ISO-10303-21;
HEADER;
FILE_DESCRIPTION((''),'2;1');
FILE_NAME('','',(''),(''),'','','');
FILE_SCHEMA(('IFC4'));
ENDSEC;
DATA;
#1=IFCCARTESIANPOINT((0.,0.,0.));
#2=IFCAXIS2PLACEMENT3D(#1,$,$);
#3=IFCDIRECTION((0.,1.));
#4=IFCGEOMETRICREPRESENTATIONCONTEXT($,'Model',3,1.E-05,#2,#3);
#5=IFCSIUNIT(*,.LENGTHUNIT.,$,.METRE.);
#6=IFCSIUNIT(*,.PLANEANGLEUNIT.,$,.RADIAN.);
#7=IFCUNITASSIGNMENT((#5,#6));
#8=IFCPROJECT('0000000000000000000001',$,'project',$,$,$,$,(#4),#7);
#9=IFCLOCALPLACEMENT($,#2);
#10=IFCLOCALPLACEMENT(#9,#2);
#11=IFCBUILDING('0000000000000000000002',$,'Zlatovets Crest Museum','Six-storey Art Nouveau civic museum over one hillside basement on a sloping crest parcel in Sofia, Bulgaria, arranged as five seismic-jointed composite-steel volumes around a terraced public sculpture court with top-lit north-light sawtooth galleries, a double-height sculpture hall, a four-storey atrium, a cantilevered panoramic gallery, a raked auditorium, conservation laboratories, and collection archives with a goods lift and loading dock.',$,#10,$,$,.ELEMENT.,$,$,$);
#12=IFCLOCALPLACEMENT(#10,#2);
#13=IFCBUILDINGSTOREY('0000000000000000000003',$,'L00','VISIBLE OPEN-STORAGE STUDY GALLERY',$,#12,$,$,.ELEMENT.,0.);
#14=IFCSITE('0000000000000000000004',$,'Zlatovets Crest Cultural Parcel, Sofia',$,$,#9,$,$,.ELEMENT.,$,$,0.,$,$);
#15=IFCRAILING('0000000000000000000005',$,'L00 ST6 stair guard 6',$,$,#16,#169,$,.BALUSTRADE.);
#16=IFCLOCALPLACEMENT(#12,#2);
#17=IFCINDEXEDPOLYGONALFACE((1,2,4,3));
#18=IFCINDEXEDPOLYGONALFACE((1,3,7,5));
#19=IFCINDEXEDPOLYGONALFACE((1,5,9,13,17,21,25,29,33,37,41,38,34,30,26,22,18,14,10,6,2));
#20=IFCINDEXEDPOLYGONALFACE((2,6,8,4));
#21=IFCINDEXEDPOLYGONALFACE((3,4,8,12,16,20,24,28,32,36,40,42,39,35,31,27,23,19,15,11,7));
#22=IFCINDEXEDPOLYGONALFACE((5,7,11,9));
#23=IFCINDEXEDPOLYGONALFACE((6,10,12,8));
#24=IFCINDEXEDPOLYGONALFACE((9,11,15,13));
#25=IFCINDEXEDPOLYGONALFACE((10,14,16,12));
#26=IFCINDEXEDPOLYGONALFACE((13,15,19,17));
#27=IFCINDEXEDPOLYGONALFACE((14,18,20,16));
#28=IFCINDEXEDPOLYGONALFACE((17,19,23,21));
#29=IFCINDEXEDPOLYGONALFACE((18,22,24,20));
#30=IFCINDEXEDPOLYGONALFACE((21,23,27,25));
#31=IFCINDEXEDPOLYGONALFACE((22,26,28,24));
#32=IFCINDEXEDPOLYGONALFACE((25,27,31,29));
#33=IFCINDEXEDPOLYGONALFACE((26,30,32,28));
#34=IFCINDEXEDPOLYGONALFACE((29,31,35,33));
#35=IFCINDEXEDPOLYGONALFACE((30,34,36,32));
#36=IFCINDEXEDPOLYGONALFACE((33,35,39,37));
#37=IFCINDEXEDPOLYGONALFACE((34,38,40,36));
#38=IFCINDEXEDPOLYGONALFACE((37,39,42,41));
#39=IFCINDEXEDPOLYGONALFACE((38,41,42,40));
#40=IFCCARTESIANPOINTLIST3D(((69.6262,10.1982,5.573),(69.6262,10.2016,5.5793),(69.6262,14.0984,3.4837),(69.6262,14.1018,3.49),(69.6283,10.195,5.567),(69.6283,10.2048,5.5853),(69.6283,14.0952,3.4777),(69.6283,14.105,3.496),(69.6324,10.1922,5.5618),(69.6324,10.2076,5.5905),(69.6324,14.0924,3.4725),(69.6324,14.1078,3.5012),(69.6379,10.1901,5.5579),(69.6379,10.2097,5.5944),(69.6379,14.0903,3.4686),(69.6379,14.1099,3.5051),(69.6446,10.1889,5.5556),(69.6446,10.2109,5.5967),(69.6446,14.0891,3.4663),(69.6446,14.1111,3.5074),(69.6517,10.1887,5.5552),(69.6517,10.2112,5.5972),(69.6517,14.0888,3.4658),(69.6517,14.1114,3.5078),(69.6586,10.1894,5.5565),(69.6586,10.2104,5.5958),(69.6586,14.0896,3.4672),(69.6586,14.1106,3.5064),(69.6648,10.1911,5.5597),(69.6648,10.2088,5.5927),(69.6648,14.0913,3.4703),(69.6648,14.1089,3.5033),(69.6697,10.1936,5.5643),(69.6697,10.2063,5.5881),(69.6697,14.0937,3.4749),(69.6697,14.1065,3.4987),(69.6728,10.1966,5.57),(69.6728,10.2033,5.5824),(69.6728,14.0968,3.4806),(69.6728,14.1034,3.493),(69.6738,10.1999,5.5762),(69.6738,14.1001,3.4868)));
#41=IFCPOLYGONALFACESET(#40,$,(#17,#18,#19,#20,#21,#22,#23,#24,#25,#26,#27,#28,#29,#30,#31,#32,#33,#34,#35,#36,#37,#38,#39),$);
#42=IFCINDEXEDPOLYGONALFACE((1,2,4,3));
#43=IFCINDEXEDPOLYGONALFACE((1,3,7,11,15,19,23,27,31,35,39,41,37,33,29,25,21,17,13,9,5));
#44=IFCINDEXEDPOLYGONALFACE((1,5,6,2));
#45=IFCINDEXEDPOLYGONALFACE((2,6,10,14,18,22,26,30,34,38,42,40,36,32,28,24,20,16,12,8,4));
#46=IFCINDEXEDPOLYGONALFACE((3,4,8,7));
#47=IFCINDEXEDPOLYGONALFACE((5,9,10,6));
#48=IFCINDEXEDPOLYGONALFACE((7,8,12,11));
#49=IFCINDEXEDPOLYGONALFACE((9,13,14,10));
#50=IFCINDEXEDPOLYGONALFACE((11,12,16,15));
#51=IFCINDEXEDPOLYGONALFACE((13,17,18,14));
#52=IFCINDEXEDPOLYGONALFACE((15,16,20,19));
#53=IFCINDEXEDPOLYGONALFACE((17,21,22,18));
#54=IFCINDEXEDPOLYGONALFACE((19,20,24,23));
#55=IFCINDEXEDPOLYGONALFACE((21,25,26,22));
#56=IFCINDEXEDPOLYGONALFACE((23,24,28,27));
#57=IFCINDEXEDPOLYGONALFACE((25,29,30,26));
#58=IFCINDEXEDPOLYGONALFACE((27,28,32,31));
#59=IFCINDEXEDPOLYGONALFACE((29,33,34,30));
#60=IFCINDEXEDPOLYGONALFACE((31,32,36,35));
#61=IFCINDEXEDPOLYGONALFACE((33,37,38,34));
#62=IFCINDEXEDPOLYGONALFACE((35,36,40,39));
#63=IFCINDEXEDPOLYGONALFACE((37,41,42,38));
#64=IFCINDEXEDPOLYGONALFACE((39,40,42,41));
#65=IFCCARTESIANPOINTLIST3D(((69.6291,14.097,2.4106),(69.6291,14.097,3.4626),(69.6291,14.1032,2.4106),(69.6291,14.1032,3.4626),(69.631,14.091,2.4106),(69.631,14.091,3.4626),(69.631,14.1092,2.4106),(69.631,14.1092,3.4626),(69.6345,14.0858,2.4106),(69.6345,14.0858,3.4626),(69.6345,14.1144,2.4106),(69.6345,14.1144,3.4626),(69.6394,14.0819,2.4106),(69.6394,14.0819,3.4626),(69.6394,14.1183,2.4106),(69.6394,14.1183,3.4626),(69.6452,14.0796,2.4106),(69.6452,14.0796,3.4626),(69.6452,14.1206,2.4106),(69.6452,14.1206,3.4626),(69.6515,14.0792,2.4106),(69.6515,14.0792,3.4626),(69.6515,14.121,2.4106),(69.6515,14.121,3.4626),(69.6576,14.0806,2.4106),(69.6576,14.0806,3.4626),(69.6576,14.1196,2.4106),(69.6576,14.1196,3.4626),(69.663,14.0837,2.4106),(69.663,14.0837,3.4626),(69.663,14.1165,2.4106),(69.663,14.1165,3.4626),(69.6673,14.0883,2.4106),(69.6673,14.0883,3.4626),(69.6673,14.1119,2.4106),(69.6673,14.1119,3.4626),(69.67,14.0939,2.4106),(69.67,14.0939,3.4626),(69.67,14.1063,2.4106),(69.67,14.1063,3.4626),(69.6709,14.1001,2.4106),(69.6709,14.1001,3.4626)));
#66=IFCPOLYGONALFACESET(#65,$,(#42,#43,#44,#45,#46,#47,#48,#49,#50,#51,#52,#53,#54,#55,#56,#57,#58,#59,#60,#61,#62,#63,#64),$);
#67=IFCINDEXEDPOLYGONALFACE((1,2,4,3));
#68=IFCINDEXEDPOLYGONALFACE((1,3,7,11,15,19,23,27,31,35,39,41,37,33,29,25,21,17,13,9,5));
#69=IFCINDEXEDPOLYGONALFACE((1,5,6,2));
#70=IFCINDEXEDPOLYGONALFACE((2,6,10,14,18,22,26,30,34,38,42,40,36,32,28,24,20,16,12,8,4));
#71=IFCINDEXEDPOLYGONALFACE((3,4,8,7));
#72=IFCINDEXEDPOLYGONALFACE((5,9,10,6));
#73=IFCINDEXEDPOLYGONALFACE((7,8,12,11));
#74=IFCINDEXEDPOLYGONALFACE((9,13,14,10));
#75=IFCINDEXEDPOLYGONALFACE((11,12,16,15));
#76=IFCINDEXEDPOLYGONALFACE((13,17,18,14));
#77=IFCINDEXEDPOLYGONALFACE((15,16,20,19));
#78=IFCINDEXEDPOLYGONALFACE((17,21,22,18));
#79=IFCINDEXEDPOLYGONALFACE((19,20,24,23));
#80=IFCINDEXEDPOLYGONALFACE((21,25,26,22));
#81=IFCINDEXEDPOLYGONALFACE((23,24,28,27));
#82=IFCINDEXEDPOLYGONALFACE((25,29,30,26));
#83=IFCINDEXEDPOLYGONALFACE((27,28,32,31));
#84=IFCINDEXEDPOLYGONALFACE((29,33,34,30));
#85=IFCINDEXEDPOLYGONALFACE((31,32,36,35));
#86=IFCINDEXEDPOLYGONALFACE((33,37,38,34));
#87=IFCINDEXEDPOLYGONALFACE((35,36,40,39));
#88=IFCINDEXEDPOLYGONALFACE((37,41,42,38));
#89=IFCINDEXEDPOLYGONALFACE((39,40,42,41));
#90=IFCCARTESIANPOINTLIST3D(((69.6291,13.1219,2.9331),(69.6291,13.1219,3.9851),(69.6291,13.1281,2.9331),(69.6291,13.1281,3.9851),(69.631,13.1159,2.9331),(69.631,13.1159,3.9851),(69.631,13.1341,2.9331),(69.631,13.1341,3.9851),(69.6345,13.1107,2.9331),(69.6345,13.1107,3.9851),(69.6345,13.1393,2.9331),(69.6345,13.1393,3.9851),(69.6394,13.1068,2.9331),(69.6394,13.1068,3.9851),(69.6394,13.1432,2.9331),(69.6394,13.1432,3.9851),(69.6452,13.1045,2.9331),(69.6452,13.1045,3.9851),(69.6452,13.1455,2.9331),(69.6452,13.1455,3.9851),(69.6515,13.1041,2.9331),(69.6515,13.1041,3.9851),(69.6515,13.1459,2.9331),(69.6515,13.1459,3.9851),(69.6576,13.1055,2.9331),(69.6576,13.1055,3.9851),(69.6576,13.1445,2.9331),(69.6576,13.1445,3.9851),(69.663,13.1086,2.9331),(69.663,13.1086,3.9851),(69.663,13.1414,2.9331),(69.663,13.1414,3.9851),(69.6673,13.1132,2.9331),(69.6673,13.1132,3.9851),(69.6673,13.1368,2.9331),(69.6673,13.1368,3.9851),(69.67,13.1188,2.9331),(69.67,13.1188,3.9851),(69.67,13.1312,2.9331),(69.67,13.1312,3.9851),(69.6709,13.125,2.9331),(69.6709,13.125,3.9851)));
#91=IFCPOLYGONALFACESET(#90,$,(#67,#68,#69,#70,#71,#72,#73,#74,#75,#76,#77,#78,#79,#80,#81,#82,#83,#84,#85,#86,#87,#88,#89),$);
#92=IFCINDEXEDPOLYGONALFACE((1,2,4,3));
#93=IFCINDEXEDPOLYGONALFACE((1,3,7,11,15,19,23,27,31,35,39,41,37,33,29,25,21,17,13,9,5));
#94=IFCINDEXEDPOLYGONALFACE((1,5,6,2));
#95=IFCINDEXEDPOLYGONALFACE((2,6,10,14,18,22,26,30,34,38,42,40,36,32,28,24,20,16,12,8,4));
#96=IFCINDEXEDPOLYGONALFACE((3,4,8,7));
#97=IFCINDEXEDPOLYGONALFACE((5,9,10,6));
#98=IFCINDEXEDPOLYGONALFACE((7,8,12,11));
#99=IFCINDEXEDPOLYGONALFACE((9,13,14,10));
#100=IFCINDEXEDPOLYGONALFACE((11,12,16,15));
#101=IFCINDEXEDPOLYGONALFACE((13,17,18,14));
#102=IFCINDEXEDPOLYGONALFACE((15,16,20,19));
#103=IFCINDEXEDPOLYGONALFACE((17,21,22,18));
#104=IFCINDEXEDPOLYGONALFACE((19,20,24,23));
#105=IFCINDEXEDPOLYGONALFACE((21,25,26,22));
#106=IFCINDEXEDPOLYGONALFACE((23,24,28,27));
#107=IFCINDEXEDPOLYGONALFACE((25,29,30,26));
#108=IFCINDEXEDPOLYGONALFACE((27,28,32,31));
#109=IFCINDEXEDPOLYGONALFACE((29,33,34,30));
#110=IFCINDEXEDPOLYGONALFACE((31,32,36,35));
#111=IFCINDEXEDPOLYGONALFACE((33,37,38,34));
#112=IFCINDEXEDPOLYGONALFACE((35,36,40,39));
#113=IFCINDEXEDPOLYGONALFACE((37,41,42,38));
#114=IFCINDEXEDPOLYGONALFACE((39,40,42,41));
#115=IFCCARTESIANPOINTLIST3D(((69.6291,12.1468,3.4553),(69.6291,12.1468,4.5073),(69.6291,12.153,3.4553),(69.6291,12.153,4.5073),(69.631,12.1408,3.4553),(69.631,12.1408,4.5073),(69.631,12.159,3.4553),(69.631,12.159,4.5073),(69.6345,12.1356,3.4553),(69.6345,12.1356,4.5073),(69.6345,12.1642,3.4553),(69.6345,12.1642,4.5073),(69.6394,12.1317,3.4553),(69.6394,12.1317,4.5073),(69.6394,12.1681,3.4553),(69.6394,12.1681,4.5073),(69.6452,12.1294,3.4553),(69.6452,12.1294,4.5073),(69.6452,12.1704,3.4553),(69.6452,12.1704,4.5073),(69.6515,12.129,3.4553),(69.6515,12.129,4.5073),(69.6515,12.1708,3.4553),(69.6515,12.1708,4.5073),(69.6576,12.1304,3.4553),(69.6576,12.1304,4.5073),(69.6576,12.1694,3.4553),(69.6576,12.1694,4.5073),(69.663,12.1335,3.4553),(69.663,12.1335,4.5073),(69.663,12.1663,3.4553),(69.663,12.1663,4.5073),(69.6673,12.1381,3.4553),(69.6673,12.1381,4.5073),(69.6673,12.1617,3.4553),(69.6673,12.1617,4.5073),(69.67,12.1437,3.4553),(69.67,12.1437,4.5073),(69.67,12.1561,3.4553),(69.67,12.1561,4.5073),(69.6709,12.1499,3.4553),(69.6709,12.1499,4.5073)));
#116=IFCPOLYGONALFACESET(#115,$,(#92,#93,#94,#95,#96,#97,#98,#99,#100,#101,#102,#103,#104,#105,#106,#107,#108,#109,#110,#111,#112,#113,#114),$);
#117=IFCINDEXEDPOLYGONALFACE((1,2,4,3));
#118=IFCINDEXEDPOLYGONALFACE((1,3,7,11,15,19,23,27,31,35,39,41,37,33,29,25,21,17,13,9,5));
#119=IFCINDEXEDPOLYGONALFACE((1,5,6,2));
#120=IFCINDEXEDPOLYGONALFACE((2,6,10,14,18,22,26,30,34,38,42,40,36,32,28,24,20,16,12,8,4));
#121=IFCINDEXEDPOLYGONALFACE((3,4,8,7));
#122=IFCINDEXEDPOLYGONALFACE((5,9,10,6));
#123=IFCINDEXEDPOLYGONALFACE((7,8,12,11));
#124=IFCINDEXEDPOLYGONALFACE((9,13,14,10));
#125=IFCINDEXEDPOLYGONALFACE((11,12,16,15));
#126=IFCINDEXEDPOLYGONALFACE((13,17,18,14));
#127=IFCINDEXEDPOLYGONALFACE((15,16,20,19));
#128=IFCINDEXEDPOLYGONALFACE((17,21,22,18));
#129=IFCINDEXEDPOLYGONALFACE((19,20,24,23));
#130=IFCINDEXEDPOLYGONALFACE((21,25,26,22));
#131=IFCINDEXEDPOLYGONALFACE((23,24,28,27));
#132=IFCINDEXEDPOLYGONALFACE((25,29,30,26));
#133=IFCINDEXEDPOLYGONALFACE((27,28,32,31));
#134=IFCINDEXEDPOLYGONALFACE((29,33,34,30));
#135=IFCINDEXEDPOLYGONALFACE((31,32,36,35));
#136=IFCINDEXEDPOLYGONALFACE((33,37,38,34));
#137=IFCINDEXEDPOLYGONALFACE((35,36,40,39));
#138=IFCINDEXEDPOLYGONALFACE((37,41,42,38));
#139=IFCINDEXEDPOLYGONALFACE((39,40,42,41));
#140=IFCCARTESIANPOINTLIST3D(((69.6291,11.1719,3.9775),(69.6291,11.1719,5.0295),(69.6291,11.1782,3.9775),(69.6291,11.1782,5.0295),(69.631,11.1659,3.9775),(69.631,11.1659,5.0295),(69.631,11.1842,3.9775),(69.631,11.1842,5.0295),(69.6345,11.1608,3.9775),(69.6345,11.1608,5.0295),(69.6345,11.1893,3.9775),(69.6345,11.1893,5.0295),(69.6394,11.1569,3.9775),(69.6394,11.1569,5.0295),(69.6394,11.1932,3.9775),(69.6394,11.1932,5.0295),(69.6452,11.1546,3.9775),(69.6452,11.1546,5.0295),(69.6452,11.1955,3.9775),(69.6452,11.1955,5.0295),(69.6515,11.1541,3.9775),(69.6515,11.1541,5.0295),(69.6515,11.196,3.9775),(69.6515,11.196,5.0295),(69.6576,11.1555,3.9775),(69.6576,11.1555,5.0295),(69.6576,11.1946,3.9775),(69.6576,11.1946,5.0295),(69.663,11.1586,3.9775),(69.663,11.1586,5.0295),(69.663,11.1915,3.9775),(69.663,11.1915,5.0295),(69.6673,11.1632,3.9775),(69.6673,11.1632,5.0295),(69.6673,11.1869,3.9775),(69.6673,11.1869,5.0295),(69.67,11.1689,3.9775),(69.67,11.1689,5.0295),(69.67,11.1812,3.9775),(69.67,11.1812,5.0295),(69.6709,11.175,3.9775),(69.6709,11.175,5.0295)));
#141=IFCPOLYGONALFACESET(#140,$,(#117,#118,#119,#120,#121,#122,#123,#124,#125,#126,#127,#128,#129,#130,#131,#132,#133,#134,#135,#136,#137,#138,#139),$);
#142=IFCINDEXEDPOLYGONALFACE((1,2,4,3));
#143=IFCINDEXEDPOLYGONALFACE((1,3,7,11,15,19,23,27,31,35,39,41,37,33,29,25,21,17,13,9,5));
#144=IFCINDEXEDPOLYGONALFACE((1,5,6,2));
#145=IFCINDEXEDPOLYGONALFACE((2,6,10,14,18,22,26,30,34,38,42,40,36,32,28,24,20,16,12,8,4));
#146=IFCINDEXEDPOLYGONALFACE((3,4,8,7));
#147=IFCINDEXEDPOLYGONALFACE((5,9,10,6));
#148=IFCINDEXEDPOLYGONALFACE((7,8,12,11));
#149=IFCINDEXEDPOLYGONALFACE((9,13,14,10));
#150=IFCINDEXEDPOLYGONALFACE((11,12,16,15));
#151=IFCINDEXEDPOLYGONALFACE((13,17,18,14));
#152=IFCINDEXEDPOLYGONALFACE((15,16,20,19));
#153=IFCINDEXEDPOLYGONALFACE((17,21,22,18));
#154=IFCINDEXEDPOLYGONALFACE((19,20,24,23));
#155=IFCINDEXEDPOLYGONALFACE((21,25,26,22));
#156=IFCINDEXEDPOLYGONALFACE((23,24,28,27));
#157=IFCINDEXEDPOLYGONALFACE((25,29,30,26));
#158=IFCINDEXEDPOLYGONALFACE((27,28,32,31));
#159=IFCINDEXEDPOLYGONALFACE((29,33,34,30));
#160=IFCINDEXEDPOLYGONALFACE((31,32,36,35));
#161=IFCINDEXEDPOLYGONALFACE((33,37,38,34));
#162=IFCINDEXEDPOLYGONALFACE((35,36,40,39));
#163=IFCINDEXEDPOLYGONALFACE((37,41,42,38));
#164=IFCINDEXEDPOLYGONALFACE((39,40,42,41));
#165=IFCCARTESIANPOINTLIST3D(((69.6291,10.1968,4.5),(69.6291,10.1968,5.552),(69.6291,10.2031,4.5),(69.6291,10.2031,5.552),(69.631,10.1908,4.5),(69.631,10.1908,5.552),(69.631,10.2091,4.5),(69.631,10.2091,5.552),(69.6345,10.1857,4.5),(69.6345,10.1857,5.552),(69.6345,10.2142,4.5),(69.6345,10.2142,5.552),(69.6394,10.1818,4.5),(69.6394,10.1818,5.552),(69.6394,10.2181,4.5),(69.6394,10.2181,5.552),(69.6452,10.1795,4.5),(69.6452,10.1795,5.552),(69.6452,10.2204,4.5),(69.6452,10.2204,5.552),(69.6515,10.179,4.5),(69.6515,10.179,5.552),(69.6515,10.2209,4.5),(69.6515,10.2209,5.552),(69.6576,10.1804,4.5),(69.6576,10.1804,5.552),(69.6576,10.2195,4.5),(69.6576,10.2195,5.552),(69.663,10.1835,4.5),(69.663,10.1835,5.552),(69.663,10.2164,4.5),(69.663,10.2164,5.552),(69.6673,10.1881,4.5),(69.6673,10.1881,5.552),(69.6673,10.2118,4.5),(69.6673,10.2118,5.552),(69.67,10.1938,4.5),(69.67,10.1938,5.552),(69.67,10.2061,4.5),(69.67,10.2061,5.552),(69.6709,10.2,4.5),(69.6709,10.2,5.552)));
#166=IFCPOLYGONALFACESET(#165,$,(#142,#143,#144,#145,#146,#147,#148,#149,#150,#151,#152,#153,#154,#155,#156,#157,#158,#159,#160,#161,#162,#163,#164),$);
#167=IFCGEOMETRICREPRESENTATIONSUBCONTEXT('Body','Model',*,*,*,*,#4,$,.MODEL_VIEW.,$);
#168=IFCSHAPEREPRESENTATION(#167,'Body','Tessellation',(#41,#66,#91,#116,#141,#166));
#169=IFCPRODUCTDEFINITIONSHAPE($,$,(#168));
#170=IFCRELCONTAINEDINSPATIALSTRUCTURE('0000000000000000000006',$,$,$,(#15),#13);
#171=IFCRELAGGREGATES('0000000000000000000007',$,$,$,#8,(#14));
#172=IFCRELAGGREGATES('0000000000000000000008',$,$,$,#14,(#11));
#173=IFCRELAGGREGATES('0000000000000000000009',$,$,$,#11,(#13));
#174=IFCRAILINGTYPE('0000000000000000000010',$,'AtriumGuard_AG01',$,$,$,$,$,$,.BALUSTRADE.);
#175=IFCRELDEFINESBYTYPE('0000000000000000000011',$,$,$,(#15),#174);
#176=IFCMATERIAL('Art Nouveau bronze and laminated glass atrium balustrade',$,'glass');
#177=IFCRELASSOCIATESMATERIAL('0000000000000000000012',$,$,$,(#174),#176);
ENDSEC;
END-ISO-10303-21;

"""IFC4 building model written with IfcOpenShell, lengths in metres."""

from ifc_helpers import new_model, si_unit, direction, frame, origin, origin_2d, place, context, subcontext, project, spatial, circle, extrude, material, type_object, element, save


model = new_model("IFC4")

# Units and contexts
model_context = context("Model", 3, precision=1e-05, world=origin(), true_north=direction((0.0, 1.0)))
body_context = subcontext(model_context, "Body", "Model", "MODEL_VIEW")
ifc_project = project(units=[si_unit("LENGTHUNIT", "METRE"), si_unit("PLANEANGLEUNIT", "RADIAN")], contexts=[model_context])

# Site, building, storey
site_placement = place(None, origin())
site = spatial("IfcSite", under=ifc_project, at=site_placement, Name="Zlatovets Crest Cultural Parcel, Sofia", CompositionType="ELEMENT", RefElevation=0.0)
building_placement = place(site_placement, origin())
building = spatial("IfcBuilding", under=site, at=building_placement, Name="Zlatovets Crest Museum", Description="Six-storey Art Nouveau civic museum over one hillside basement on a sloping crest parcel in Sofia, Bulgaria, arranged as five seismic-jointed composite-steel volumes around a terraced public sculpture court with top-lit north-light sawtooth galleries, a double-height sculpture hall, a four-storey atrium, a cantilevered panoramic gallery, a raked auditorium, conservation laboratories, and collection archives with a goods lift and loading dock.", CompositionType="ELEMENT")
storey_placement = place(building_placement, origin())
storey = spatial("IfcBuildingStorey", under=building, at=storey_placement, Name="L00", Description="VISIBLE OPEN-STORAGE STUDY GALLERY", CompositionType="ELEMENT", Elevation=0.0)

# Railing
ifc_material_1 = material(Name="Art Nouveau bronze and laminated glass atrium balustrade", Category="glass")
railing_type_1 = type_object("IfcRailingType", Name="AtriumGuard_AG01", PredefinedType="BALUSTRADE", material=ifc_material_1)
railing_1_placement = place(storey_placement, frame((69.6499, 14.1001, 2.4106)))
element("IfcRailing", 1, at=railing_1_placement, inside=storey, type_object=railing_type_1, Name="L00 ST6 stair guard 6", PredefinedType="BALUSTRADE", context=body_context, shape_type="SweptSolid", body=[
    extrude(circle(Radius=0.0239, at=origin_2d()), frame((0.0, 0.0, 1.0762), z_axis=(0.0, -0.881481, 0.47222), x_axis=(1.0, 0.0, 0.0)), (0.0, 0.0, 1.0), 4.4246),
    extrude(circle(Radius=0.021, at=origin_2d()), origin(), (0.0, 0.0, 1.0), 1.052),
    extrude(circle(Radius=0.021, at=origin_2d()), frame((0.0, -0.9751, 0.5225)), (0.0, 0.0, 1.0), 1.052),
    extrude(circle(Radius=0.021, at=origin_2d()), frame((0.0, -1.9502, 1.0447)), (0.0, 0.0, 1.0), 1.052),
    extrude(circle(Radius=0.021, at=origin_2d()), frame((0.0, -2.925, 1.5669)), (0.0, 0.0, 1.0), 1.052),
    extrude(circle(Radius=0.021, at=origin_2d()), frame((0.0, -3.9001, 2.0894)), (0.0, 0.0, 1.0), 1.052),
])

save(model, "model.ifc")
